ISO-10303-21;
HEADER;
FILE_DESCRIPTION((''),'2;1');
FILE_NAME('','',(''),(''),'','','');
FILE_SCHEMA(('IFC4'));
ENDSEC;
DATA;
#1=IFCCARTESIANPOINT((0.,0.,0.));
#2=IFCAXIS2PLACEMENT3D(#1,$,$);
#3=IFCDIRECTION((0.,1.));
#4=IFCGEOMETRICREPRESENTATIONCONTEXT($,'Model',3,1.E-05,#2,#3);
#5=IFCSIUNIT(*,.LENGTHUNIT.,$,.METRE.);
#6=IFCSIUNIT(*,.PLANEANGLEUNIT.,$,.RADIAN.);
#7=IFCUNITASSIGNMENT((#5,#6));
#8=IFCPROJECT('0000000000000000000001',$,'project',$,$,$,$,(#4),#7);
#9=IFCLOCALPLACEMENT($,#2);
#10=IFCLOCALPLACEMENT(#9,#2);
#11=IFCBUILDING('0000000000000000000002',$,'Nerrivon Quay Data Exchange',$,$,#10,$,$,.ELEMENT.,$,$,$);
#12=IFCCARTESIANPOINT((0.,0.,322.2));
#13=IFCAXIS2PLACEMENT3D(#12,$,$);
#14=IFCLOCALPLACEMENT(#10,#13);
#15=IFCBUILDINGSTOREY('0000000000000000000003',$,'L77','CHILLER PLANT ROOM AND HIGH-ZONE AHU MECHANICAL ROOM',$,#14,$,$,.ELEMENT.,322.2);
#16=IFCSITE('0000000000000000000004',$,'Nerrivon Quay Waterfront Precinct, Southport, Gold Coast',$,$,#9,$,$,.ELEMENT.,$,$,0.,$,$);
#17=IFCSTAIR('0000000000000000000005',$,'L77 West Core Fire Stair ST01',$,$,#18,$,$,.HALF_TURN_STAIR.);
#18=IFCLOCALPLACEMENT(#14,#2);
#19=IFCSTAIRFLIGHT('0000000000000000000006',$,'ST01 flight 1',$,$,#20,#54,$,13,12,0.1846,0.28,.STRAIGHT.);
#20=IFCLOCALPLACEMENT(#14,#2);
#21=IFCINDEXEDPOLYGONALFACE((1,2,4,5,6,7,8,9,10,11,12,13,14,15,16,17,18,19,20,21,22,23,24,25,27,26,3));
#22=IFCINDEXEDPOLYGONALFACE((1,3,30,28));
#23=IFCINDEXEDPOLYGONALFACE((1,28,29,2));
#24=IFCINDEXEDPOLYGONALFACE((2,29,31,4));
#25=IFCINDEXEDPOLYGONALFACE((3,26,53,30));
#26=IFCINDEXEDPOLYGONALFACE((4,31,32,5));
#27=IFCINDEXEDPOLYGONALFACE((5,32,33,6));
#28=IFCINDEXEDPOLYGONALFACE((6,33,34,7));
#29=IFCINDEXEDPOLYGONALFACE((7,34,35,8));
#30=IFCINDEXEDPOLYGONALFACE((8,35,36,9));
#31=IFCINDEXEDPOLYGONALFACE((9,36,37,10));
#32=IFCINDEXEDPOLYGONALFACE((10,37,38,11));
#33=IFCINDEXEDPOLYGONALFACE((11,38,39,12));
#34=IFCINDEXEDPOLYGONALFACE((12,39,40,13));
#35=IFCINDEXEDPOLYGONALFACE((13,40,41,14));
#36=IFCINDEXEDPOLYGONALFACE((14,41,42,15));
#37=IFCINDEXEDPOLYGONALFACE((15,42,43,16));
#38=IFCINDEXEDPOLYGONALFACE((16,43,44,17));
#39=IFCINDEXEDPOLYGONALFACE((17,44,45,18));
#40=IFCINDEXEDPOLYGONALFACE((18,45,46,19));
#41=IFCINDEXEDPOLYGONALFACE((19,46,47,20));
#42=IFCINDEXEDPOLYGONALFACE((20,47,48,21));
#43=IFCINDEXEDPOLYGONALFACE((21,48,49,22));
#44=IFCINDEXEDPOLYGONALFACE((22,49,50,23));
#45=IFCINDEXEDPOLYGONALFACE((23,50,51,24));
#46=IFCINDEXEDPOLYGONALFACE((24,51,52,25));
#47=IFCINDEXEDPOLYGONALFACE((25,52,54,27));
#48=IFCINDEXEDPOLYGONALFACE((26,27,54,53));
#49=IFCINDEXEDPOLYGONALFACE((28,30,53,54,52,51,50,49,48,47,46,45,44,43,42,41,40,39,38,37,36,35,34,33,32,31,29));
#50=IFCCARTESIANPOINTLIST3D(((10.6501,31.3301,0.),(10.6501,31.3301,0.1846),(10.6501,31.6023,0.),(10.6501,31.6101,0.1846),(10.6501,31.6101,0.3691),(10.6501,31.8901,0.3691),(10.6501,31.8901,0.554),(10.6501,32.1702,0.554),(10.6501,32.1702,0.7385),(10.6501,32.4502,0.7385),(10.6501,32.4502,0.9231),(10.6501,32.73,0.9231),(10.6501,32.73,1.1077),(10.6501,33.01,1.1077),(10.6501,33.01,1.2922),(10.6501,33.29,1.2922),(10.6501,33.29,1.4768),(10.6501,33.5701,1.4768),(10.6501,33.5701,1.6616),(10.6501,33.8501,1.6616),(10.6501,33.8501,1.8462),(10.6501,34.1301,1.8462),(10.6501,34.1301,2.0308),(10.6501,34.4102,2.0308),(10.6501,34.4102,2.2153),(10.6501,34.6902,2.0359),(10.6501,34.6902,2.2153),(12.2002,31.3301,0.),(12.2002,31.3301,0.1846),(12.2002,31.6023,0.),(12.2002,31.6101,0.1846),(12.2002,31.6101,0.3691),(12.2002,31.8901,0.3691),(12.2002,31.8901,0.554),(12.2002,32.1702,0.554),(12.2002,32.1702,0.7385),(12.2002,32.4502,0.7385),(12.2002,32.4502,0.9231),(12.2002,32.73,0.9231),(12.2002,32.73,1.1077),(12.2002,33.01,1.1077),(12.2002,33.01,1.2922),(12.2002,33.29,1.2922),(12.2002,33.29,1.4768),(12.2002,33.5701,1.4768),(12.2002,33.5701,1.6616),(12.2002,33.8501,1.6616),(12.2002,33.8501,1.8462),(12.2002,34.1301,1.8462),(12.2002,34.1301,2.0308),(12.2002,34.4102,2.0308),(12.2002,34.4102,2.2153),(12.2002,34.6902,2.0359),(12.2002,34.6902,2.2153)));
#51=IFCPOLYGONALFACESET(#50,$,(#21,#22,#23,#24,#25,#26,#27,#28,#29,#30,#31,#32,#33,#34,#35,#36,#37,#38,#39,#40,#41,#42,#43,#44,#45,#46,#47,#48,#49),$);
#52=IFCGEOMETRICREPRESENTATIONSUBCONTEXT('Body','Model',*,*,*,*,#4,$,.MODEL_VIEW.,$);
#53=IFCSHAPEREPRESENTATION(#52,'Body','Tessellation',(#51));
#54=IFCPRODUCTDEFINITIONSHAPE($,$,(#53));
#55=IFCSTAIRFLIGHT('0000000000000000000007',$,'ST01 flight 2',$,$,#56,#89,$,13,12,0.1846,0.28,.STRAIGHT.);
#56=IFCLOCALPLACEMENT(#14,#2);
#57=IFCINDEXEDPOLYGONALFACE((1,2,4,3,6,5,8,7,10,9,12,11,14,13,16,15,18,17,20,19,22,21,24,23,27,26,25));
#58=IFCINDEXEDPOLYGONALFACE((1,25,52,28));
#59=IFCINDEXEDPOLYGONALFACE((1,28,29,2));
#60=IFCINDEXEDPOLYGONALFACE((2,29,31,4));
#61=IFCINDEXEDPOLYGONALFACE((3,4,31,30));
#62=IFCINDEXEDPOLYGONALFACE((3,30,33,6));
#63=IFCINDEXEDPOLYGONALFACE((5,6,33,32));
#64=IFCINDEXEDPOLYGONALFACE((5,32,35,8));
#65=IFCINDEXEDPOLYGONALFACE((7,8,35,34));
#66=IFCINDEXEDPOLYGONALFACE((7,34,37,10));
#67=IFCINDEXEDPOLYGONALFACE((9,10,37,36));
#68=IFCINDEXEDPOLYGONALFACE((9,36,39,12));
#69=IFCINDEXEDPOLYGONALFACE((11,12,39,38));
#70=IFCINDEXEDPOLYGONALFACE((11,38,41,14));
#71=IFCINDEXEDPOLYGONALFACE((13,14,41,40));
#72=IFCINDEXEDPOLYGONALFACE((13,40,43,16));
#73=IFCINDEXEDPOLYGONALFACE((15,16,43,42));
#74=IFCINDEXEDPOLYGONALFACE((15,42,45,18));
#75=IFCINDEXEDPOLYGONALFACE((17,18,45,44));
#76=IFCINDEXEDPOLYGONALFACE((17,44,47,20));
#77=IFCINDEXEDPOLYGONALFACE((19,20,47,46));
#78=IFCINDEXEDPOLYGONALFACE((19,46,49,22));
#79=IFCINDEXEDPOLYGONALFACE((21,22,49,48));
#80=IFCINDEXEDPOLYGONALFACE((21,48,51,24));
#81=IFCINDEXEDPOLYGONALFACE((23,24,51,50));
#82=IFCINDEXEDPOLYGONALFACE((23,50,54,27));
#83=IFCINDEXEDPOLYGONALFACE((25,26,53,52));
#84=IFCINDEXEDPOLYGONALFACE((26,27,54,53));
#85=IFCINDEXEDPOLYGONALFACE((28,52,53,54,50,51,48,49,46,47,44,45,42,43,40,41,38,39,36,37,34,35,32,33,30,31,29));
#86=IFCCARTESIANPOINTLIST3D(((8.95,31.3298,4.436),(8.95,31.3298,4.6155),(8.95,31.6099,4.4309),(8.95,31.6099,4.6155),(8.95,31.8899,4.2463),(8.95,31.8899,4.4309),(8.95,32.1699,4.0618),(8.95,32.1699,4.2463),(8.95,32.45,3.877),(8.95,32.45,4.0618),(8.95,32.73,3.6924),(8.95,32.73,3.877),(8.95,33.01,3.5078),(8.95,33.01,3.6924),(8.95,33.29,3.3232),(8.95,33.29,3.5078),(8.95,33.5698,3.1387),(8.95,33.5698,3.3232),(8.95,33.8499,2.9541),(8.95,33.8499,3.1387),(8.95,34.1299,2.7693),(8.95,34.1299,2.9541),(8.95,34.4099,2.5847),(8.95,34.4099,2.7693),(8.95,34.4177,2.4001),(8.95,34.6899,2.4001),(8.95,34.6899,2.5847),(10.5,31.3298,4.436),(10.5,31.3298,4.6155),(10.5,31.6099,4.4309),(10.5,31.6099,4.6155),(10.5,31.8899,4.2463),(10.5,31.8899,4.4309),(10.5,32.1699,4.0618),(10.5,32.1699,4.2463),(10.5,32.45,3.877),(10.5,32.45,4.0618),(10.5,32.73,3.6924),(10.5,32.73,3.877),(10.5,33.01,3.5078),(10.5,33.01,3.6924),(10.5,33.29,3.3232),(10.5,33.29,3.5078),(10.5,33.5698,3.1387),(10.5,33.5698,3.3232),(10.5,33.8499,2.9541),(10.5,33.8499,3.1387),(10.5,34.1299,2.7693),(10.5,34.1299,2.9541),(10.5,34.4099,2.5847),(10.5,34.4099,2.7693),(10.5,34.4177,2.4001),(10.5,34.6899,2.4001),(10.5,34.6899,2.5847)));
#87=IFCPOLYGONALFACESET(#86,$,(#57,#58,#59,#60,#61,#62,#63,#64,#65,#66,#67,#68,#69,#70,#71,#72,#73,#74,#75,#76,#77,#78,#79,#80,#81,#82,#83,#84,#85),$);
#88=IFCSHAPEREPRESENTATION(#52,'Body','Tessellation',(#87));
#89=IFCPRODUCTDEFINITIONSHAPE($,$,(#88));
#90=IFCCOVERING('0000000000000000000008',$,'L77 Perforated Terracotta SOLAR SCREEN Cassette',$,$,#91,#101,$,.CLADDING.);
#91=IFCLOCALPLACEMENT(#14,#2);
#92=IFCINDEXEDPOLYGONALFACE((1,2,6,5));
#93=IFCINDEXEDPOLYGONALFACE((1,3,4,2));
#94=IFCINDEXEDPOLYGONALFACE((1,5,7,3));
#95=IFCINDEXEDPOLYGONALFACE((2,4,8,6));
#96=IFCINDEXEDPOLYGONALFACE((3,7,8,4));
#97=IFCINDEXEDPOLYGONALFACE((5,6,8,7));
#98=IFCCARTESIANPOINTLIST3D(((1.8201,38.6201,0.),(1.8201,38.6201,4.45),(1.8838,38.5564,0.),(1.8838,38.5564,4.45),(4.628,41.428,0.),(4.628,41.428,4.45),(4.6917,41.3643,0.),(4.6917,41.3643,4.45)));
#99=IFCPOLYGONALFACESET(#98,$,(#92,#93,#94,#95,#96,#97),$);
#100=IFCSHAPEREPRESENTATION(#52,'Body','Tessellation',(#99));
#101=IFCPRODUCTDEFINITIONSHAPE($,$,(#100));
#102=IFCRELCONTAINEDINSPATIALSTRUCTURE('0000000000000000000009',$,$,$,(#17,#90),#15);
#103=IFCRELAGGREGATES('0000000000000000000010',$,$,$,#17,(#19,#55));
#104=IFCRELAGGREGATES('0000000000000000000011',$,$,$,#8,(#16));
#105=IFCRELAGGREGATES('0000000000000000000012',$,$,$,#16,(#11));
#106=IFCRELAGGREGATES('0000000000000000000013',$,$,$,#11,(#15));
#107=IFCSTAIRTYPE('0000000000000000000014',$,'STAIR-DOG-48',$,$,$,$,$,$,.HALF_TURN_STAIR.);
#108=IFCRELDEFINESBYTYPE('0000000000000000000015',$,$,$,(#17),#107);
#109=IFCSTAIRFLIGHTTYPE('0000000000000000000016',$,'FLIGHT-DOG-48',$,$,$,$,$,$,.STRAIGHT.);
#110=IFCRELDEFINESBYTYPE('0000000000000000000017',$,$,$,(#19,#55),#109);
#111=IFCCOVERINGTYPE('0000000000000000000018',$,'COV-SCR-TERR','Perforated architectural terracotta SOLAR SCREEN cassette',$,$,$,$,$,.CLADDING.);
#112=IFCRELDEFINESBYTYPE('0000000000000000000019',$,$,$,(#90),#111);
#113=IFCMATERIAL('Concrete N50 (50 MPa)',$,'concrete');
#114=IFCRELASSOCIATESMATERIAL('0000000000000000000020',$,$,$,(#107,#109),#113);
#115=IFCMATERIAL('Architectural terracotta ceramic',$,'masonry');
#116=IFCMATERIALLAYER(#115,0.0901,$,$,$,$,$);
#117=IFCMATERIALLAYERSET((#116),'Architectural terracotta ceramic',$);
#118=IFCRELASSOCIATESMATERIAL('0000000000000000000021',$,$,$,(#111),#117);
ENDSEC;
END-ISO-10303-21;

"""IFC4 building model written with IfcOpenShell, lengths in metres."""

from ifc_helpers import new_model, si_unit, direction, frame, origin, origin_2d, place, context, subcontext, project, spatial, polyline, rectangle, outline, extrude, material, layer, layer_set, type_object, element, aggregate, save


model = new_model("IFC4")

# Units and contexts
model_context = context("Model", 3, precision=1e-05, world=origin(), true_north=direction((0.0, 1.0)))
body_context = subcontext(model_context, "Body", "Model", "MODEL_VIEW")
ifc_project = project(units=[si_unit("LENGTHUNIT", "METRE"), si_unit("PLANEANGLEUNIT", "RADIAN")], contexts=[model_context])

# Site, building, storey
site_placement = place(None, origin())
site = spatial("IfcSite", under=ifc_project, at=site_placement, Name="Nerrivon Quay Waterfront Precinct, Southport, Gold Coast", CompositionType="ELEMENT", RefElevation=0.0)
building_placement = place(site_placement, origin())
building = spatial("IfcBuilding", under=site, at=building_placement, Name="Nerrivon Quay Data Exchange", CompositionType="ELEMENT")
storey_placement = place(building_placement, frame((0.0, 0.0, 322.2)))
storey = spatial("IfcBuildingStorey", under=building, at=storey_placement, Name="L77", Description="CHILLER PLANT ROOM AND HIGH-ZONE AHU MECHANICAL ROOM", CompositionType="ELEMENT", Elevation=322.2)

# Shared definitions
ifc_material_1 = material(Name="Concrete N50 (50 MPa)", Category="concrete")

# Stair, stair flights
stair_type = type_object("IfcStairType", Name="STAIR-DOG-48", PredefinedType="HALF_TURN_STAIR", material=ifc_material_1)
stair_placement = place(storey_placement, origin())
stair = element("IfcStair", 1, at=stair_placement, inside=storey, type_object=stair_type, Name="L77 West Core Fire Stair ST01", PredefinedType="HALF_TURN_STAIR")
stair_flight_type = type_object("IfcStairFlightType", Name="FLIGHT-DOG-48", PredefinedType="STRAIGHT", material=ifc_material_1)
stair_flight_1_placement = place(storey_placement, frame((11.425, 31.3301, 0.0), z_axis=(0.0, 0.0, 1.0), x_axis=(0.0, 1.0, 0.0)))
stair_flight_1 = element("IfcStairFlight", 2, at=stair_flight_1_placement, type_object=stair_flight_type, Name="ST01 flight 1", NumberOfRisers=13, NumberOfTreads=12, PredefinedType="STRAIGHT", RiserHeight=0.1846, TreadLength=0.28, context=body_context, shape_type="SweptSolid", body=[
    extrude(outline(polyline([(0.0, 0.0), (0.0, 0.1846), (0.28, 0.1846), (0.28, 0.3691), (0.5601, 0.3691), (0.5601, 0.554), (0.8401, 0.554), (0.8401, 0.7385), (1.1201, 0.7385), (1.1201, 0.9231), (1.3999, 0.9231), (1.3999, 1.1077), (1.6799, 1.1077), (1.6799, 1.2922), (1.96, 1.2922), (1.96, 1.4768), (2.24, 1.4768), (2.24, 1.6616), (2.52, 1.6616), (2.52, 1.8462), (2.8, 1.8462), (2.8, 2.0308), (3.0801, 2.0308), (3.0801, 2.2153), (3.3601, 2.2153), (3.3601, 2.3999), (3.3601, 2.0359), (0.2722, 0.0), (0.0, 0.0)])), frame((0.0, 0.7749, 0.0), z_axis=(0.0, -1.0, 0.0), x_axis=(1.0, 0.0, 0.0)), (0.0, 0.0, 1.0), 1.55),
])
stair_flight_2_placement = place(storey_placement, frame((9.7251, 34.6899, 2.4001), z_axis=(0.0, 0.0, 1.0), x_axis=(0.0, -1.0, 0.0)))
stair_flight_2 = element("IfcStairFlight", 3, at=stair_flight_2_placement, type_object=stair_flight_type, Name="ST01 flight 2", NumberOfRisers=13, NumberOfTreads=12, PredefinedType="STRAIGHT", RiserHeight=0.1846, TreadLength=0.28, context=body_context, shape_type="SweptSolid", body=[
    extrude(outline(polyline([(0.0, 0.0), (0.0, 0.1846), (0.28, 0.1846), (0.28, 0.3691), (0.5601, 0.3691), (0.5601, 0.554), (0.8401, 0.554), (0.8401, 0.7385), (1.1201, 0.7385), (1.1201, 0.9231), (1.3999, 0.9231), (1.3999, 1.1077), (1.6799, 1.1077), (1.6799, 1.2922), (1.96, 1.2922), (1.96, 1.4768), (2.24, 1.4768), (2.24, 1.6616), (2.52, 1.6616), (2.52, 1.8462), (2.8, 1.8462), (2.8, 2.0308), (3.0801, 2.0308), (3.0801, 2.2153), (3.3601, 2.2153), (3.3601, 2.3999), (3.3601, 2.0359), (0.2722, 0.0), (0.0, 0.0)])), frame((0.0, 0.7749, 0.0), z_axis=(0.0, -1.0, 0.0), x_axis=(1.0, 0.0, 0.0)), (0.0, 0.0, 1.0), 1.55),
])
aggregate(stair, [stair_flight_1, stair_flight_2])

# Covering
ifc_material_2 = material(Name="Architectural terracotta ceramic", Category="masonry")
ifc_layer_1 = layer(ifc_material_2, 0.0901)
ifc_layer_set_1 = layer_set([ifc_layer_1], Name="Architectural terracotta ceramic")
covering_type = type_object("IfcCoveringType", Name="COV-SCR-TERR", Description="Perforated architectural terracotta SOLAR SCREEN cassette", PredefinedType="CLADDING", material=ifc_layer_set_1)
covering_placement = place(storey_placement, frame((3.2559, 39.9922, 0.0), z_axis=(0.0, 0.0, 1.0), x_axis=(0.707107, 0.707107, 0.0)))
element("IfcCovering", 4, at=covering_placement, inside=storey, type_object=covering_type, Name="L77 Perforated Terracotta SOLAR SCREEN Cassette", PredefinedType="CLADDING", context=body_context, shape_type="SweptSolid", body=[
    extrude(rectangle(XDim=3.9709, YDim=0.0901, at=origin_2d()), origin(), (0.0, 0.0, 1.0), 4.45),
])

save(model, "model.ifc")
